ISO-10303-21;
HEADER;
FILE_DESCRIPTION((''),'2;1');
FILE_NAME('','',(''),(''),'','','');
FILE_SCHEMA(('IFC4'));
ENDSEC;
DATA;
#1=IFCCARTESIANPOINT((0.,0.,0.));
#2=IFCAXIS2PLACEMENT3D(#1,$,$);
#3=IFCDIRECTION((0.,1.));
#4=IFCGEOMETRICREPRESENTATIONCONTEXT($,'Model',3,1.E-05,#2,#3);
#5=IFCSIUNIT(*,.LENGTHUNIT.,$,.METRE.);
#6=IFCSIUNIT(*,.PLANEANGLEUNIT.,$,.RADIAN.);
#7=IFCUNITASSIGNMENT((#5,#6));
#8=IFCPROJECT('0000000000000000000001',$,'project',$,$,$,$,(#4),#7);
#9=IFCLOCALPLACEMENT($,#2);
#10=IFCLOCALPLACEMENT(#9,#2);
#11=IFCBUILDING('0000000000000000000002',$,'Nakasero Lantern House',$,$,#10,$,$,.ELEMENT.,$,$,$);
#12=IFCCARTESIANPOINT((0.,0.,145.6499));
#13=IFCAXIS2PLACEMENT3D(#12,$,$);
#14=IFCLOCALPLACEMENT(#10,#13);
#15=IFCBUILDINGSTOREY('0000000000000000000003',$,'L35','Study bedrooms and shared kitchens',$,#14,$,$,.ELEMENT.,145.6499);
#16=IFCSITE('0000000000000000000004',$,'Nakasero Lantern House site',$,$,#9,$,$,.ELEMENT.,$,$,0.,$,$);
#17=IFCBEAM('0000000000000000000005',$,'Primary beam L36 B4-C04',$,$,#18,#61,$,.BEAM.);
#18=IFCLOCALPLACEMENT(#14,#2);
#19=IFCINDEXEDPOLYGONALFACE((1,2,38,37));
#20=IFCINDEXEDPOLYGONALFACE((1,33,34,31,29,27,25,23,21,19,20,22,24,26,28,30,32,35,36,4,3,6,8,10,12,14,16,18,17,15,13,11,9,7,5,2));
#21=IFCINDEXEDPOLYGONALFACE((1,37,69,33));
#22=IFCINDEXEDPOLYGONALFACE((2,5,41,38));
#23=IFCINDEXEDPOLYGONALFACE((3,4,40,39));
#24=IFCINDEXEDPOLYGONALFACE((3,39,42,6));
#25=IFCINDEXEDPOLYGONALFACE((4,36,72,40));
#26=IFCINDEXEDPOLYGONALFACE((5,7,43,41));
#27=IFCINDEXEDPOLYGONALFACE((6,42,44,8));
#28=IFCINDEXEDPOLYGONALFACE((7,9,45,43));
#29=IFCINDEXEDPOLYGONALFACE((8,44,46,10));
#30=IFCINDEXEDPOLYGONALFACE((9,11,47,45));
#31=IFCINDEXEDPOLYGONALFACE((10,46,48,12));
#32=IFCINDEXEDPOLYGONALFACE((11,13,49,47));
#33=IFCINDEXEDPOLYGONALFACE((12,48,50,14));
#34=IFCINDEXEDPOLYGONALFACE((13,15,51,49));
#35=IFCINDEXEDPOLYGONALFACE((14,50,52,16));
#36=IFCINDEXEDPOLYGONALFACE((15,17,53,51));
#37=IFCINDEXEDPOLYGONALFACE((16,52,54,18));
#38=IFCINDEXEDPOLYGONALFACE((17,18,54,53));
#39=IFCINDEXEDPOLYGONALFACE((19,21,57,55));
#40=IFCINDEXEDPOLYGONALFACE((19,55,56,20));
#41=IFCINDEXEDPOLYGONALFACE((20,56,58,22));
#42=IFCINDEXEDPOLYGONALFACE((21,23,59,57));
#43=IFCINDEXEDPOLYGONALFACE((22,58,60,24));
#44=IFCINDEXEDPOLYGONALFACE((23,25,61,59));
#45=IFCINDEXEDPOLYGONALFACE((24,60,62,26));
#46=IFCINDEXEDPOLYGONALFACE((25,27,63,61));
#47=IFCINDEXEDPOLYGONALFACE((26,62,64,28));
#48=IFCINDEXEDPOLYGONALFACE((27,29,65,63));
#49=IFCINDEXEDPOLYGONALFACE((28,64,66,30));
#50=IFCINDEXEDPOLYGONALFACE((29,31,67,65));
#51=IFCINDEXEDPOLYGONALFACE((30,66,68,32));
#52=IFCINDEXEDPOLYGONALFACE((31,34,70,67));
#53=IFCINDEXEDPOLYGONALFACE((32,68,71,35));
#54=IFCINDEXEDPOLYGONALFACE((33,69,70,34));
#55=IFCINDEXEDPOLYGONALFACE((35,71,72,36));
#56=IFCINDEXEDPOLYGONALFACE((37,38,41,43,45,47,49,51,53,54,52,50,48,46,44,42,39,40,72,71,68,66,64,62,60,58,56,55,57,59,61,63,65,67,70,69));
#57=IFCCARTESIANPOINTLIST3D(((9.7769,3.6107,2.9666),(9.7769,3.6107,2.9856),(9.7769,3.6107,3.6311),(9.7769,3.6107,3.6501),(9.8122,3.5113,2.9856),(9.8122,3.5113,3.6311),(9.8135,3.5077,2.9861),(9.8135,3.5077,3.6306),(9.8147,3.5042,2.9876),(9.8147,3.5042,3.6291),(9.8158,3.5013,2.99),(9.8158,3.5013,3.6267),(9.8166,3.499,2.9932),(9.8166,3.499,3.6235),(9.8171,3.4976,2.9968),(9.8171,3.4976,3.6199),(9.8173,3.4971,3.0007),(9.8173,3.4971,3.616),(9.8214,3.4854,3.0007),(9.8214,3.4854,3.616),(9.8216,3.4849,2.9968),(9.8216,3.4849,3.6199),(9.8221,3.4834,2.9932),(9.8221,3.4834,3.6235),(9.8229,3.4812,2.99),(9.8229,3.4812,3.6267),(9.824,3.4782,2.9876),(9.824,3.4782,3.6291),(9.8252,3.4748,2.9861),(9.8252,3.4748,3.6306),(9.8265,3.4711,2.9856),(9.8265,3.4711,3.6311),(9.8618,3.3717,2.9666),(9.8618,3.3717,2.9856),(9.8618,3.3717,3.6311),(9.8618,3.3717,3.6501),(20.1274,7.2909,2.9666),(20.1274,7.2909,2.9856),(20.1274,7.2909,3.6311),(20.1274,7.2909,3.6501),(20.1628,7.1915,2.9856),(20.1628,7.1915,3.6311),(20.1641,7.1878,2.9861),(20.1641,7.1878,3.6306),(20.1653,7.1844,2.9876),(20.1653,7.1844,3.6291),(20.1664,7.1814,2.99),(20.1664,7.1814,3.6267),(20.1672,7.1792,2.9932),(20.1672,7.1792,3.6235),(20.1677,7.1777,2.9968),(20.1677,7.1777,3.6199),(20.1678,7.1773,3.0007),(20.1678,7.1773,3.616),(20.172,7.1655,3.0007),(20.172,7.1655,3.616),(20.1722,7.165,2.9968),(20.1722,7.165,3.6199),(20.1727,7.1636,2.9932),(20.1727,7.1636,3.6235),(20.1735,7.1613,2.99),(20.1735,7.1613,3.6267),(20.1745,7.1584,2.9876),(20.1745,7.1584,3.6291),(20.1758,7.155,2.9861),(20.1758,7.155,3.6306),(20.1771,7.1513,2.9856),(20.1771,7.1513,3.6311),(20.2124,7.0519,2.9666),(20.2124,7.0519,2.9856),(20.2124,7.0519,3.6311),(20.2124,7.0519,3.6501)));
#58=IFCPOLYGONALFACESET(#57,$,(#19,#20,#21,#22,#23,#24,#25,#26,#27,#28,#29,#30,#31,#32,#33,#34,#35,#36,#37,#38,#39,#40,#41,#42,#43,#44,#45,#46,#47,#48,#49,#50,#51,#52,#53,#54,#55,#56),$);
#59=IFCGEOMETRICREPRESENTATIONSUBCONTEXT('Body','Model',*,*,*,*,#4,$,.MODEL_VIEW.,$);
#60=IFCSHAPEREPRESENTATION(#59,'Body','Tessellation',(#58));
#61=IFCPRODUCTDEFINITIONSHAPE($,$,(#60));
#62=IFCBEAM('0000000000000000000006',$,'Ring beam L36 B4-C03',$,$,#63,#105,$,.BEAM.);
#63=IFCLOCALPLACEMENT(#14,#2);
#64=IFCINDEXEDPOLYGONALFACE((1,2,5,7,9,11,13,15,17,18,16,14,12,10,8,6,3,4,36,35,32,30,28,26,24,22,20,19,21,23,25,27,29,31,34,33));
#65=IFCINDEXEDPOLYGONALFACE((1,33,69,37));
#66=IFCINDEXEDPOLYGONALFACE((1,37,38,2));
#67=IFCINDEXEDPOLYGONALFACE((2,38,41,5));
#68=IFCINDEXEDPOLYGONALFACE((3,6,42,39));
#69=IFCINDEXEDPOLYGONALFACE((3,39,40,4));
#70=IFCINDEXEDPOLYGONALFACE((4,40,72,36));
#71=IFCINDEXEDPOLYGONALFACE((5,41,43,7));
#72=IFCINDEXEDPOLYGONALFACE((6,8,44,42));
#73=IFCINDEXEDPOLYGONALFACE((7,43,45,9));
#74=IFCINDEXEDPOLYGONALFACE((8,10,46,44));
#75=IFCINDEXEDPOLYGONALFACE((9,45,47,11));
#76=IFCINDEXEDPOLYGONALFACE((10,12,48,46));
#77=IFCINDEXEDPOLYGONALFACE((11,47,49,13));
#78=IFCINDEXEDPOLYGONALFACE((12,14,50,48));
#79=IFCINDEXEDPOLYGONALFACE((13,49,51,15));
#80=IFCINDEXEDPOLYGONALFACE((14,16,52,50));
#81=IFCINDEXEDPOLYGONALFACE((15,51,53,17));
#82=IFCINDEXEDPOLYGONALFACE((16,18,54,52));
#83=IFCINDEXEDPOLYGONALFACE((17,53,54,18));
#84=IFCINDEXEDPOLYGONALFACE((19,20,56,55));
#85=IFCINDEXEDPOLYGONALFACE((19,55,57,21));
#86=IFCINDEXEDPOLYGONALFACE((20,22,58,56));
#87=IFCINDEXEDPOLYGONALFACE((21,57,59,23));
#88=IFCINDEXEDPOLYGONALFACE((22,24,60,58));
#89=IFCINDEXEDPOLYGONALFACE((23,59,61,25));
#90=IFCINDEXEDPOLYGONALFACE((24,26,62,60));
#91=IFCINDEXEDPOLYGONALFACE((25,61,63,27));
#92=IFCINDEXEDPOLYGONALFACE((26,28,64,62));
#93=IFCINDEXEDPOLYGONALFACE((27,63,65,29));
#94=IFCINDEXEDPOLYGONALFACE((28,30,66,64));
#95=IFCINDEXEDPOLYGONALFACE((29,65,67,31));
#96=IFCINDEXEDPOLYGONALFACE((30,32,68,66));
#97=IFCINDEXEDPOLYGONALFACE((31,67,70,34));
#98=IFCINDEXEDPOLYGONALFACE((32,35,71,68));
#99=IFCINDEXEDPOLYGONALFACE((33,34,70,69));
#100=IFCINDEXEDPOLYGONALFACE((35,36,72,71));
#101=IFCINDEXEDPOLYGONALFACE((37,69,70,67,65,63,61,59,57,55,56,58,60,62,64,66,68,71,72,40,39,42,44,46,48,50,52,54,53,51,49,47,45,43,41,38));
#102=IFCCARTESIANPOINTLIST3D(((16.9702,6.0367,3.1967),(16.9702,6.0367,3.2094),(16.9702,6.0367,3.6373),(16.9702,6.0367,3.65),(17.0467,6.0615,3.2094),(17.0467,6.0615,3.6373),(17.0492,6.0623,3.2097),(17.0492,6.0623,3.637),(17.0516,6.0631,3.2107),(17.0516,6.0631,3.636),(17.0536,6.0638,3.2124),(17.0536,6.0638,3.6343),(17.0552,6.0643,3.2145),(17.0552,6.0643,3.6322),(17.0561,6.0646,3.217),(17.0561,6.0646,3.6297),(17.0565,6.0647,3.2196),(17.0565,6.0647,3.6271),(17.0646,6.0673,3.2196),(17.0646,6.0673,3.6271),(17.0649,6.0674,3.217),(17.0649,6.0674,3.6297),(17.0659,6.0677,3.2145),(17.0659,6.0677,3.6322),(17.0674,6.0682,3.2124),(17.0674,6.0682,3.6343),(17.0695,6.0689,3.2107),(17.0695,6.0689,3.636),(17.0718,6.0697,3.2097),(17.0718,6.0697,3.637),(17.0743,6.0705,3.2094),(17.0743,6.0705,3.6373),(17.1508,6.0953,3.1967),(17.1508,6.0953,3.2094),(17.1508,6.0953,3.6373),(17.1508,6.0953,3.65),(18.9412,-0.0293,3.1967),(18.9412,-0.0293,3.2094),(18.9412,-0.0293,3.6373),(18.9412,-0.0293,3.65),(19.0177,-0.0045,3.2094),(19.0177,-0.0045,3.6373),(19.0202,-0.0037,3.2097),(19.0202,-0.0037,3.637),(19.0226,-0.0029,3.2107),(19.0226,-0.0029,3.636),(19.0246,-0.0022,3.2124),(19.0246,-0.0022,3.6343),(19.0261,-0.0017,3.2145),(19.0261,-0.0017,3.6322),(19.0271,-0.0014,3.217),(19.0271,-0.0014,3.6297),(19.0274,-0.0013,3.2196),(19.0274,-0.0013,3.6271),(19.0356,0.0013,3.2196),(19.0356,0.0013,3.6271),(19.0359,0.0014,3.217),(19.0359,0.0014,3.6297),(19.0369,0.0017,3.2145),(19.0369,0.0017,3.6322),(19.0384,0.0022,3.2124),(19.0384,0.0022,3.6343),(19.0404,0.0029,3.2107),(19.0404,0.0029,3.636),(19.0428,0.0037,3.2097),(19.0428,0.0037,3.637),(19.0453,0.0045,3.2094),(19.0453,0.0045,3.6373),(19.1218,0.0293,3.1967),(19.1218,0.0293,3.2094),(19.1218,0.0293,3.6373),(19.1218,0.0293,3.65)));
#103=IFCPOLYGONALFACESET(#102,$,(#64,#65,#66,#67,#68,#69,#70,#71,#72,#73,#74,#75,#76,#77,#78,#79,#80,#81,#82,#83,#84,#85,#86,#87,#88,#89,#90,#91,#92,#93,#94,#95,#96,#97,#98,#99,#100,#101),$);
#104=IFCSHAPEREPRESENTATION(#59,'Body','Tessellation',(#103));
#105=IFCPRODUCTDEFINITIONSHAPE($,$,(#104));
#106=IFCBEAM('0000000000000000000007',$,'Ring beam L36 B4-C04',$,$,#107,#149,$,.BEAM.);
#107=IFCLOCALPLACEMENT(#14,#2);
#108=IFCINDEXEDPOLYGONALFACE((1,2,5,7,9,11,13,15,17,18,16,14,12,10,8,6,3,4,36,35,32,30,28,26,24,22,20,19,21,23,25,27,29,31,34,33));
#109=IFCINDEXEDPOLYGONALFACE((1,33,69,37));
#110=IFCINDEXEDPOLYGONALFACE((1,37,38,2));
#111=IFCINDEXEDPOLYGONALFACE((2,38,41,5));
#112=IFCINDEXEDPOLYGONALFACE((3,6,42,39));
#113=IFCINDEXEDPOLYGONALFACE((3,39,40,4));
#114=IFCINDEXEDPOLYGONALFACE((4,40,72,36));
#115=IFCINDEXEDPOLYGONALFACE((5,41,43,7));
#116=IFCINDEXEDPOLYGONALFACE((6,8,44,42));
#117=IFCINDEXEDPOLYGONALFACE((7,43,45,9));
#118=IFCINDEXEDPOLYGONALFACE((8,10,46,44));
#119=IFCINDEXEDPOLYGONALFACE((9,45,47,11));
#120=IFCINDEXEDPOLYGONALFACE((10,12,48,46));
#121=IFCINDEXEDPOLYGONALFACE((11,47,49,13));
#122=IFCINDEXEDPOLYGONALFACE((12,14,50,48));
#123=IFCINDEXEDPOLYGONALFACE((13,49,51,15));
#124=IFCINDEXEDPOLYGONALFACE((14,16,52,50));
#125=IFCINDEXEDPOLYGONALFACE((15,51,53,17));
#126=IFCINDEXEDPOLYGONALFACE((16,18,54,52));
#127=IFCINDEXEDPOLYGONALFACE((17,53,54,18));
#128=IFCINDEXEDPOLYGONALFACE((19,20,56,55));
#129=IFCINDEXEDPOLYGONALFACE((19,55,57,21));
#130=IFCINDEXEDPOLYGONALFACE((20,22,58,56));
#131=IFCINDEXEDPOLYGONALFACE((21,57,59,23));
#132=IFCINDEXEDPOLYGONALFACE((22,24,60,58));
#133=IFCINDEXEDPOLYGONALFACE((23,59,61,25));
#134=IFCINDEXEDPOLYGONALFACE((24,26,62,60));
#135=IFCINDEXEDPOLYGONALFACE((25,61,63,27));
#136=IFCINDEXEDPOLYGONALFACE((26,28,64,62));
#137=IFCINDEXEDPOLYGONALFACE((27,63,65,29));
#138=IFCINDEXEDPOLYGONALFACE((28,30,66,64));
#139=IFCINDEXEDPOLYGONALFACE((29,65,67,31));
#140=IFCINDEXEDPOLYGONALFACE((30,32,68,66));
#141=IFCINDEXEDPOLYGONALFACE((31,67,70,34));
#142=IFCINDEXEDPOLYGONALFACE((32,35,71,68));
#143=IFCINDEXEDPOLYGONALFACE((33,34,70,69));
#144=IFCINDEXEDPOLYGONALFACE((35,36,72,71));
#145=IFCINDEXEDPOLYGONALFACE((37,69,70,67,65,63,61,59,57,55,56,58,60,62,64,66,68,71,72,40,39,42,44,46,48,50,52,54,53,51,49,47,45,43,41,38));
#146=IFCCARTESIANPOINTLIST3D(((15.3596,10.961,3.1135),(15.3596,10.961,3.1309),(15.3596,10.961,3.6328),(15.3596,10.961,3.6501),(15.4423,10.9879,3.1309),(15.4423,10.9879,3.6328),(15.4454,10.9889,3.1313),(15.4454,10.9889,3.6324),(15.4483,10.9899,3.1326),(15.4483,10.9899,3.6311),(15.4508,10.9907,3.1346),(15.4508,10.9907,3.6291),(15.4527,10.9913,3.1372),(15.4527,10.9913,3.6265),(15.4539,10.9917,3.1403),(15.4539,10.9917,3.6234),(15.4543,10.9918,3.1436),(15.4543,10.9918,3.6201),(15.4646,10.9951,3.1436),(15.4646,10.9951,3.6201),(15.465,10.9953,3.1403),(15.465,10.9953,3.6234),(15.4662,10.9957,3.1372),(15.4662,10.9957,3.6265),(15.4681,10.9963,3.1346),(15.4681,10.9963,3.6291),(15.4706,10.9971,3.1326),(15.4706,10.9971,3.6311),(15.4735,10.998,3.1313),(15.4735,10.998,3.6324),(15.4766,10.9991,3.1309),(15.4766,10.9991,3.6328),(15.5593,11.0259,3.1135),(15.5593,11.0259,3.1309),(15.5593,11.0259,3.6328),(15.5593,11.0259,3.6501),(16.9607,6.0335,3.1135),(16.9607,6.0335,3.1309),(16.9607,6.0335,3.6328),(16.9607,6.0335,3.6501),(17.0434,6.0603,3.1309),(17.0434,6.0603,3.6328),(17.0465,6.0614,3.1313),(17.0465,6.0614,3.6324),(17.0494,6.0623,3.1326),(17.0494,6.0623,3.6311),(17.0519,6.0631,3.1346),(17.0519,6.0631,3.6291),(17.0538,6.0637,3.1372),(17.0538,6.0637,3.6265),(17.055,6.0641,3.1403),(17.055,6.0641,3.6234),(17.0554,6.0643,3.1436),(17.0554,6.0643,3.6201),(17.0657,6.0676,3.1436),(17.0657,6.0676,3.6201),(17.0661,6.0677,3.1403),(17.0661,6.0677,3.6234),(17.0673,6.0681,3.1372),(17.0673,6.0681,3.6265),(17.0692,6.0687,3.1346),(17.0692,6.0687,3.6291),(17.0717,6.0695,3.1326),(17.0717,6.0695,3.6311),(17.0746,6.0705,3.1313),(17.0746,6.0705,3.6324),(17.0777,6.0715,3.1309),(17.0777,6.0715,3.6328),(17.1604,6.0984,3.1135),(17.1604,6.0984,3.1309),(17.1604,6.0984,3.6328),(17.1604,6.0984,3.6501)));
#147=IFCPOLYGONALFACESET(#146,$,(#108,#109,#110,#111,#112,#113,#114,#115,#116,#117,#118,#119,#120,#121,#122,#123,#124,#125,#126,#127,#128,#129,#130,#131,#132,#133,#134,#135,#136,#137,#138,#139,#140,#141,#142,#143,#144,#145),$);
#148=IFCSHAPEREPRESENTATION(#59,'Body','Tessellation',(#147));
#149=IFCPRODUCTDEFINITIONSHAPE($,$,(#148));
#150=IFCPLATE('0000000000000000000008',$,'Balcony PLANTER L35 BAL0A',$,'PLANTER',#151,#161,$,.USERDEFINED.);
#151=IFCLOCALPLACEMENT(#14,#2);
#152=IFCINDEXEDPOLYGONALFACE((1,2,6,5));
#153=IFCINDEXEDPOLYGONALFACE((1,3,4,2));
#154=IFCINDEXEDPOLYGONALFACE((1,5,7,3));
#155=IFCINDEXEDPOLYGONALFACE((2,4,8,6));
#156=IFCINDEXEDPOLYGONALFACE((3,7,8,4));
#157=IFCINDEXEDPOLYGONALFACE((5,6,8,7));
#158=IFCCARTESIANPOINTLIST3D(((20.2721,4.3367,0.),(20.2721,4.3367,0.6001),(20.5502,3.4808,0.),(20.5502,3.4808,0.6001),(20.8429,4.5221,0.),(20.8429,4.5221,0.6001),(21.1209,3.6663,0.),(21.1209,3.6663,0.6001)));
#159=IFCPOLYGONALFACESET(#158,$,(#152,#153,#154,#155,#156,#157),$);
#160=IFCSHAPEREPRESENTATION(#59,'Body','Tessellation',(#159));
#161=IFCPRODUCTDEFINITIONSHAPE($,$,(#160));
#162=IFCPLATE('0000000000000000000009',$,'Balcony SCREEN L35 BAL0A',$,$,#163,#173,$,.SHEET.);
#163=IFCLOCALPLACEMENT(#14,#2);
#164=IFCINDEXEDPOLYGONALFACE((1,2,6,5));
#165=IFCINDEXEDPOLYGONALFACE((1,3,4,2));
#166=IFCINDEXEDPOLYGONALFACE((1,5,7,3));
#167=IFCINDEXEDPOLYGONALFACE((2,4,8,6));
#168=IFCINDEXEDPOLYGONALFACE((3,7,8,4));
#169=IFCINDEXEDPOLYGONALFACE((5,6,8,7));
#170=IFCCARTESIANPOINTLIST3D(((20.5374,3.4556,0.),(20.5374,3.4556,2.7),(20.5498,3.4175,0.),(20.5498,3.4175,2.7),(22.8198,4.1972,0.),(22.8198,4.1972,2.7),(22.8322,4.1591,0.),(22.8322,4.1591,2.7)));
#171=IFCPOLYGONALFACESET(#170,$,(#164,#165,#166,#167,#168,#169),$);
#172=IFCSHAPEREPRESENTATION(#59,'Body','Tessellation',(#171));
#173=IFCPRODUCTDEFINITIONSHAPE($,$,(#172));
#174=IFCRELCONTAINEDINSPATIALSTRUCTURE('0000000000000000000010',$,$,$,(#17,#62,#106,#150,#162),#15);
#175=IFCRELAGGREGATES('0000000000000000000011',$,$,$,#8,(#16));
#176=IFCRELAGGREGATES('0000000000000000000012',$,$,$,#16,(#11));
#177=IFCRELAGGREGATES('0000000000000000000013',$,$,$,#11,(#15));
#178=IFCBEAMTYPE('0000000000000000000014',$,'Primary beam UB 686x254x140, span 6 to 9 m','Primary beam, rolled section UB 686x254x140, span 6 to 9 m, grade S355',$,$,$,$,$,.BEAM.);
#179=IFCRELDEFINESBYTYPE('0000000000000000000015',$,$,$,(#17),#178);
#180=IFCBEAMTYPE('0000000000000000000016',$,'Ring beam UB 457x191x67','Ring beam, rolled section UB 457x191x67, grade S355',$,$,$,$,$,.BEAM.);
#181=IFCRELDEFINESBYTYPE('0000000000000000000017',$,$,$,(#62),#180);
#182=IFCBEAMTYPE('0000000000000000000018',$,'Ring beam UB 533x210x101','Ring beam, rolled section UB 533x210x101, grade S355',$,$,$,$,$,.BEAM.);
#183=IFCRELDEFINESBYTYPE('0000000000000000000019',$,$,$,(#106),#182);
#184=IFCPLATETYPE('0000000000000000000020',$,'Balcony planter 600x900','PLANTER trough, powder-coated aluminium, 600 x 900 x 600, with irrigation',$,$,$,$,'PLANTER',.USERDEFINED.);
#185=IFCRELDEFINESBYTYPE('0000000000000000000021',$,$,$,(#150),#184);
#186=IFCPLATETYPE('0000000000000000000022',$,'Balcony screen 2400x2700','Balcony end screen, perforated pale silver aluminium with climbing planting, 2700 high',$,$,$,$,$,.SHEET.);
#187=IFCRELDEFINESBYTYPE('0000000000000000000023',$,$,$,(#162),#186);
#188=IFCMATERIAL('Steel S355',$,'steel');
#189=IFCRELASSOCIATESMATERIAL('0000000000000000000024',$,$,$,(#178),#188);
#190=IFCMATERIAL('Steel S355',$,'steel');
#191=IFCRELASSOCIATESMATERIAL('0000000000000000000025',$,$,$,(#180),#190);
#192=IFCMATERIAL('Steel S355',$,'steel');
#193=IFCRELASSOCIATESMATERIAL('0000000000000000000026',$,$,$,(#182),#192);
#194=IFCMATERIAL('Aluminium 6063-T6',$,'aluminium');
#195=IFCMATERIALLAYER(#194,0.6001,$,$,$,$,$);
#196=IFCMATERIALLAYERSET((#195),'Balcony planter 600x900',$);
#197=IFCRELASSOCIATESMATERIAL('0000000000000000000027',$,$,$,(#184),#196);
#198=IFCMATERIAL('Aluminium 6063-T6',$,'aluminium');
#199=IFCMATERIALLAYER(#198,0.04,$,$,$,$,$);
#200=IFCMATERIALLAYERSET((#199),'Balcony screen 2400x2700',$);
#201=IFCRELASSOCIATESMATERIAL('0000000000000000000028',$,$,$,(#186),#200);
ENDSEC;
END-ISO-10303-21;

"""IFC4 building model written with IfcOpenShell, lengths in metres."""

from ifc_helpers import new_model, si_unit, direction, frame, origin, origin_2d, place, context, subcontext, project, spatial, rectangle, i_section, extrude, material, layer, layer_set, material_profile, profile_set, type_object, element, save


model = new_model("IFC4")

# Units and contexts
model_context = context("Model", 3, precision=1e-05, world=origin(), true_north=direction((0.0, 1.0)))
body_context = subcontext(model_context, "Body", "Model", "MODEL_VIEW")
ifc_project = project(units=[si_unit("LENGTHUNIT", "METRE"), si_unit("PLANEANGLEUNIT", "RADIAN")], contexts=[model_context])

# Site, building, storey
site_placement = place(None, origin())
site = spatial("IfcSite", under=ifc_project, at=site_placement, Name="Nakasero Lantern House site", CompositionType="ELEMENT", RefElevation=0.0)
building_placement = place(site_placement, origin())
building = spatial("IfcBuilding", under=site, at=building_placement, Name="Nakasero Lantern House", CompositionType="ELEMENT")
storey_placement = place(building_placement, frame((0.0, 0.0, 145.6499)))
storey = spatial("IfcBuildingStorey", under=building, at=storey_placement, Name="L35", Description="Study bedrooms and shared kitchens", CompositionType="ELEMENT", Elevation=145.6499)

# Beams
ifc_material_1 = material(Name="Steel S355", Category="steel")
ifc_material_profile_1 = material_profile(ifc_material_1, i_section(OverallWidth=0.2537, OverallDepth=0.6836, WebThickness=0.0125, FlangeThickness=0.019, FilletRadius=0.0151, at=origin_2d()), Name="UB 686x254x140")
ifc_profile_set_1 = profile_set([ifc_material_profile_1], Name="Steel S355")
beam_type_1 = type_object("IfcBeamType", Name="Primary beam UB 686x254x140, span 6 to 9 m", Description="Primary beam, rolled section UB 686x254x140, span 6 to 9 m, grade S355", PredefinedType="BEAM", material=ifc_profile_set_1)
beam_1_placement = place(storey_placement, frame((20.1699, 7.1714, 3.3083), z_axis=(-0.942216, -0.335007, 0.0), x_axis=(0.335007, -0.942216, 0.0)))
element("IfcBeam", 1, at=beam_1_placement, inside=storey, type_object=beam_type_1, Name="Primary beam L36 B4-C04", PredefinedType="BEAM", context=body_context, shape_type="SweptSolid", body=[
    extrude(i_section(OverallWidth=0.2537, OverallDepth=0.6836, WebThickness=0.0125, FlangeThickness=0.019, FilletRadius=0.0151, at=origin_2d()), origin(), (0.0, 0.0, 1.0), 10.9854),
])
ifc_material_2 = material(Name="Steel S355", Category="steel")
ifc_material_profile_2 = material_profile(ifc_material_2, i_section(OverallWidth=0.1899, OverallDepth=0.4534, WebThickness=0.0085, FlangeThickness=0.0127, FilletRadius=0.0103, at=origin_2d()), Name="UB 457x191x67")
ifc_profile_set_2 = profile_set([ifc_material_profile_2], Name="Steel S355")
beam_type_2 = type_object("IfcBeamType", Name="Ring beam UB 457x191x67", Description="Ring beam, rolled section UB 457x191x67, grade S355", PredefinedType="BEAM", material=ifc_profile_set_2)
beam_2_placement = place(storey_placement, frame((19.0315, 0.0, 3.4233), z_axis=(-0.309019, 0.951056, 0.0), x_axis=(-0.951056, -0.309019, 0.0)))
element("IfcBeam", 2, at=beam_2_placement, inside=storey, type_object=beam_type_2, Name="Ring beam L36 B4-C03", PredefinedType="BEAM", context=body_context, shape_type="SweptSolid", body=[
    extrude(i_section(OverallWidth=0.1899, OverallDepth=0.4534, WebThickness=0.0085, FlangeThickness=0.0127, FilletRadius=0.0103, at=origin_2d()), origin(), (0.0, 0.0, 1.0), 6.3782),
])
ifc_material_3 = material(Name="Steel S355", Category="steel")
ifc_material_profile_3 = material_profile(ifc_material_3, i_section(OverallWidth=0.21, OverallDepth=0.5366, WebThickness=0.0107, FlangeThickness=0.0173, FilletRadius=0.0127, at=origin_2d()), Name="UB 533x210x101")
ifc_profile_set_3 = profile_set([ifc_material_profile_3], Name="Steel S355")
beam_type_3 = type_object("IfcBeamType", Name="Ring beam UB 533x210x101", Description="Ring beam, rolled section UB 533x210x101, grade S355", PredefinedType="BEAM", material=ifc_profile_set_3)
beam_3_placement = place(storey_placement, frame((17.0605, 6.0659, 3.3818), z_axis=(-0.309023, 0.951054, 0.0), x_axis=(-0.951054, -0.309023, 0.0)))
element("IfcBeam", 3, at=beam_3_placement, inside=storey, type_object=beam_type_3, Name="Ring beam L36 B4-C04", PredefinedType="BEAM", context=body_context, shape_type="SweptSolid", body=[
    extrude(i_section(OverallWidth=0.21, OverallDepth=0.5366, WebThickness=0.0107, FlangeThickness=0.0173, FilletRadius=0.0127, at=origin_2d()), origin(), (0.0, 0.0, 1.0), 5.1812),
])

# Plates
ifc_material_4 = material(Name="Aluminium 6063-T6", Category="aluminium")
ifc_layer_1 = layer(ifc_material_4, 0.6001)
ifc_layer_set_1 = layer_set([ifc_layer_1], Name="Balcony planter 600x900")
plate_type_1 = type_object("IfcPlateType", Name="Balcony planter 600x900", Description="PLANTER trough, powder-coated aluminium, 600 x 900 x 600, with irrigation", ElementType="PLANTER", PredefinedType="USERDEFINED", material=ifc_layer_set_1)
plate_1_placement = place(storey_placement, frame((20.6965, 4.0015, 0.0), z_axis=(0.0, 0.0, 1.0), x_axis=(0.951057, 0.309017, 0.0)))
element("IfcPlate", 4, at=plate_1_placement, inside=storey, type_object=plate_type_1, Name="Balcony PLANTER L35 BAL0A", ObjectType="PLANTER", PredefinedType="USERDEFINED", context=body_context, shape_type="SweptSolid", body=[
    extrude(rectangle(XDim=0.6001, YDim=0.8999, at=origin_2d()), origin(), (0.0, 0.0, 1.0), 0.6001),
])
ifc_material_5 = material(Name="Aluminium 6063-T6", Category="aluminium")
ifc_layer_2 = layer(ifc_material_5, 0.04)
ifc_layer_set_2 = layer_set([ifc_layer_2], Name="Balcony screen 2400x2700")
plate_type_2 = type_object("IfcPlateType", Name="Balcony screen 2400x2700", Description="Balcony end screen, perforated pale silver aluminium with climbing planting, 2700 high", PredefinedType="SHEET", material=ifc_layer_set_2)
plate_2_placement = place(storey_placement, frame((21.6848, 3.8074, 0.0), z_axis=(0.0, 0.0, 1.0), x_axis=(0.951057, 0.309017, 0.0)))
element("IfcPlate", 5, at=plate_2_placement, inside=storey, type_object=plate_type_2, Name="Balcony SCREEN L35 BAL0A", PredefinedType="SHEET", context=body_context, shape_type="SweptSolid", body=[
    extrude(rectangle(XDim=2.3999, YDim=0.04, at=origin_2d()), origin(), (0.0, 0.0, 1.0), 2.7),
])

save(model, "model.ifc")
